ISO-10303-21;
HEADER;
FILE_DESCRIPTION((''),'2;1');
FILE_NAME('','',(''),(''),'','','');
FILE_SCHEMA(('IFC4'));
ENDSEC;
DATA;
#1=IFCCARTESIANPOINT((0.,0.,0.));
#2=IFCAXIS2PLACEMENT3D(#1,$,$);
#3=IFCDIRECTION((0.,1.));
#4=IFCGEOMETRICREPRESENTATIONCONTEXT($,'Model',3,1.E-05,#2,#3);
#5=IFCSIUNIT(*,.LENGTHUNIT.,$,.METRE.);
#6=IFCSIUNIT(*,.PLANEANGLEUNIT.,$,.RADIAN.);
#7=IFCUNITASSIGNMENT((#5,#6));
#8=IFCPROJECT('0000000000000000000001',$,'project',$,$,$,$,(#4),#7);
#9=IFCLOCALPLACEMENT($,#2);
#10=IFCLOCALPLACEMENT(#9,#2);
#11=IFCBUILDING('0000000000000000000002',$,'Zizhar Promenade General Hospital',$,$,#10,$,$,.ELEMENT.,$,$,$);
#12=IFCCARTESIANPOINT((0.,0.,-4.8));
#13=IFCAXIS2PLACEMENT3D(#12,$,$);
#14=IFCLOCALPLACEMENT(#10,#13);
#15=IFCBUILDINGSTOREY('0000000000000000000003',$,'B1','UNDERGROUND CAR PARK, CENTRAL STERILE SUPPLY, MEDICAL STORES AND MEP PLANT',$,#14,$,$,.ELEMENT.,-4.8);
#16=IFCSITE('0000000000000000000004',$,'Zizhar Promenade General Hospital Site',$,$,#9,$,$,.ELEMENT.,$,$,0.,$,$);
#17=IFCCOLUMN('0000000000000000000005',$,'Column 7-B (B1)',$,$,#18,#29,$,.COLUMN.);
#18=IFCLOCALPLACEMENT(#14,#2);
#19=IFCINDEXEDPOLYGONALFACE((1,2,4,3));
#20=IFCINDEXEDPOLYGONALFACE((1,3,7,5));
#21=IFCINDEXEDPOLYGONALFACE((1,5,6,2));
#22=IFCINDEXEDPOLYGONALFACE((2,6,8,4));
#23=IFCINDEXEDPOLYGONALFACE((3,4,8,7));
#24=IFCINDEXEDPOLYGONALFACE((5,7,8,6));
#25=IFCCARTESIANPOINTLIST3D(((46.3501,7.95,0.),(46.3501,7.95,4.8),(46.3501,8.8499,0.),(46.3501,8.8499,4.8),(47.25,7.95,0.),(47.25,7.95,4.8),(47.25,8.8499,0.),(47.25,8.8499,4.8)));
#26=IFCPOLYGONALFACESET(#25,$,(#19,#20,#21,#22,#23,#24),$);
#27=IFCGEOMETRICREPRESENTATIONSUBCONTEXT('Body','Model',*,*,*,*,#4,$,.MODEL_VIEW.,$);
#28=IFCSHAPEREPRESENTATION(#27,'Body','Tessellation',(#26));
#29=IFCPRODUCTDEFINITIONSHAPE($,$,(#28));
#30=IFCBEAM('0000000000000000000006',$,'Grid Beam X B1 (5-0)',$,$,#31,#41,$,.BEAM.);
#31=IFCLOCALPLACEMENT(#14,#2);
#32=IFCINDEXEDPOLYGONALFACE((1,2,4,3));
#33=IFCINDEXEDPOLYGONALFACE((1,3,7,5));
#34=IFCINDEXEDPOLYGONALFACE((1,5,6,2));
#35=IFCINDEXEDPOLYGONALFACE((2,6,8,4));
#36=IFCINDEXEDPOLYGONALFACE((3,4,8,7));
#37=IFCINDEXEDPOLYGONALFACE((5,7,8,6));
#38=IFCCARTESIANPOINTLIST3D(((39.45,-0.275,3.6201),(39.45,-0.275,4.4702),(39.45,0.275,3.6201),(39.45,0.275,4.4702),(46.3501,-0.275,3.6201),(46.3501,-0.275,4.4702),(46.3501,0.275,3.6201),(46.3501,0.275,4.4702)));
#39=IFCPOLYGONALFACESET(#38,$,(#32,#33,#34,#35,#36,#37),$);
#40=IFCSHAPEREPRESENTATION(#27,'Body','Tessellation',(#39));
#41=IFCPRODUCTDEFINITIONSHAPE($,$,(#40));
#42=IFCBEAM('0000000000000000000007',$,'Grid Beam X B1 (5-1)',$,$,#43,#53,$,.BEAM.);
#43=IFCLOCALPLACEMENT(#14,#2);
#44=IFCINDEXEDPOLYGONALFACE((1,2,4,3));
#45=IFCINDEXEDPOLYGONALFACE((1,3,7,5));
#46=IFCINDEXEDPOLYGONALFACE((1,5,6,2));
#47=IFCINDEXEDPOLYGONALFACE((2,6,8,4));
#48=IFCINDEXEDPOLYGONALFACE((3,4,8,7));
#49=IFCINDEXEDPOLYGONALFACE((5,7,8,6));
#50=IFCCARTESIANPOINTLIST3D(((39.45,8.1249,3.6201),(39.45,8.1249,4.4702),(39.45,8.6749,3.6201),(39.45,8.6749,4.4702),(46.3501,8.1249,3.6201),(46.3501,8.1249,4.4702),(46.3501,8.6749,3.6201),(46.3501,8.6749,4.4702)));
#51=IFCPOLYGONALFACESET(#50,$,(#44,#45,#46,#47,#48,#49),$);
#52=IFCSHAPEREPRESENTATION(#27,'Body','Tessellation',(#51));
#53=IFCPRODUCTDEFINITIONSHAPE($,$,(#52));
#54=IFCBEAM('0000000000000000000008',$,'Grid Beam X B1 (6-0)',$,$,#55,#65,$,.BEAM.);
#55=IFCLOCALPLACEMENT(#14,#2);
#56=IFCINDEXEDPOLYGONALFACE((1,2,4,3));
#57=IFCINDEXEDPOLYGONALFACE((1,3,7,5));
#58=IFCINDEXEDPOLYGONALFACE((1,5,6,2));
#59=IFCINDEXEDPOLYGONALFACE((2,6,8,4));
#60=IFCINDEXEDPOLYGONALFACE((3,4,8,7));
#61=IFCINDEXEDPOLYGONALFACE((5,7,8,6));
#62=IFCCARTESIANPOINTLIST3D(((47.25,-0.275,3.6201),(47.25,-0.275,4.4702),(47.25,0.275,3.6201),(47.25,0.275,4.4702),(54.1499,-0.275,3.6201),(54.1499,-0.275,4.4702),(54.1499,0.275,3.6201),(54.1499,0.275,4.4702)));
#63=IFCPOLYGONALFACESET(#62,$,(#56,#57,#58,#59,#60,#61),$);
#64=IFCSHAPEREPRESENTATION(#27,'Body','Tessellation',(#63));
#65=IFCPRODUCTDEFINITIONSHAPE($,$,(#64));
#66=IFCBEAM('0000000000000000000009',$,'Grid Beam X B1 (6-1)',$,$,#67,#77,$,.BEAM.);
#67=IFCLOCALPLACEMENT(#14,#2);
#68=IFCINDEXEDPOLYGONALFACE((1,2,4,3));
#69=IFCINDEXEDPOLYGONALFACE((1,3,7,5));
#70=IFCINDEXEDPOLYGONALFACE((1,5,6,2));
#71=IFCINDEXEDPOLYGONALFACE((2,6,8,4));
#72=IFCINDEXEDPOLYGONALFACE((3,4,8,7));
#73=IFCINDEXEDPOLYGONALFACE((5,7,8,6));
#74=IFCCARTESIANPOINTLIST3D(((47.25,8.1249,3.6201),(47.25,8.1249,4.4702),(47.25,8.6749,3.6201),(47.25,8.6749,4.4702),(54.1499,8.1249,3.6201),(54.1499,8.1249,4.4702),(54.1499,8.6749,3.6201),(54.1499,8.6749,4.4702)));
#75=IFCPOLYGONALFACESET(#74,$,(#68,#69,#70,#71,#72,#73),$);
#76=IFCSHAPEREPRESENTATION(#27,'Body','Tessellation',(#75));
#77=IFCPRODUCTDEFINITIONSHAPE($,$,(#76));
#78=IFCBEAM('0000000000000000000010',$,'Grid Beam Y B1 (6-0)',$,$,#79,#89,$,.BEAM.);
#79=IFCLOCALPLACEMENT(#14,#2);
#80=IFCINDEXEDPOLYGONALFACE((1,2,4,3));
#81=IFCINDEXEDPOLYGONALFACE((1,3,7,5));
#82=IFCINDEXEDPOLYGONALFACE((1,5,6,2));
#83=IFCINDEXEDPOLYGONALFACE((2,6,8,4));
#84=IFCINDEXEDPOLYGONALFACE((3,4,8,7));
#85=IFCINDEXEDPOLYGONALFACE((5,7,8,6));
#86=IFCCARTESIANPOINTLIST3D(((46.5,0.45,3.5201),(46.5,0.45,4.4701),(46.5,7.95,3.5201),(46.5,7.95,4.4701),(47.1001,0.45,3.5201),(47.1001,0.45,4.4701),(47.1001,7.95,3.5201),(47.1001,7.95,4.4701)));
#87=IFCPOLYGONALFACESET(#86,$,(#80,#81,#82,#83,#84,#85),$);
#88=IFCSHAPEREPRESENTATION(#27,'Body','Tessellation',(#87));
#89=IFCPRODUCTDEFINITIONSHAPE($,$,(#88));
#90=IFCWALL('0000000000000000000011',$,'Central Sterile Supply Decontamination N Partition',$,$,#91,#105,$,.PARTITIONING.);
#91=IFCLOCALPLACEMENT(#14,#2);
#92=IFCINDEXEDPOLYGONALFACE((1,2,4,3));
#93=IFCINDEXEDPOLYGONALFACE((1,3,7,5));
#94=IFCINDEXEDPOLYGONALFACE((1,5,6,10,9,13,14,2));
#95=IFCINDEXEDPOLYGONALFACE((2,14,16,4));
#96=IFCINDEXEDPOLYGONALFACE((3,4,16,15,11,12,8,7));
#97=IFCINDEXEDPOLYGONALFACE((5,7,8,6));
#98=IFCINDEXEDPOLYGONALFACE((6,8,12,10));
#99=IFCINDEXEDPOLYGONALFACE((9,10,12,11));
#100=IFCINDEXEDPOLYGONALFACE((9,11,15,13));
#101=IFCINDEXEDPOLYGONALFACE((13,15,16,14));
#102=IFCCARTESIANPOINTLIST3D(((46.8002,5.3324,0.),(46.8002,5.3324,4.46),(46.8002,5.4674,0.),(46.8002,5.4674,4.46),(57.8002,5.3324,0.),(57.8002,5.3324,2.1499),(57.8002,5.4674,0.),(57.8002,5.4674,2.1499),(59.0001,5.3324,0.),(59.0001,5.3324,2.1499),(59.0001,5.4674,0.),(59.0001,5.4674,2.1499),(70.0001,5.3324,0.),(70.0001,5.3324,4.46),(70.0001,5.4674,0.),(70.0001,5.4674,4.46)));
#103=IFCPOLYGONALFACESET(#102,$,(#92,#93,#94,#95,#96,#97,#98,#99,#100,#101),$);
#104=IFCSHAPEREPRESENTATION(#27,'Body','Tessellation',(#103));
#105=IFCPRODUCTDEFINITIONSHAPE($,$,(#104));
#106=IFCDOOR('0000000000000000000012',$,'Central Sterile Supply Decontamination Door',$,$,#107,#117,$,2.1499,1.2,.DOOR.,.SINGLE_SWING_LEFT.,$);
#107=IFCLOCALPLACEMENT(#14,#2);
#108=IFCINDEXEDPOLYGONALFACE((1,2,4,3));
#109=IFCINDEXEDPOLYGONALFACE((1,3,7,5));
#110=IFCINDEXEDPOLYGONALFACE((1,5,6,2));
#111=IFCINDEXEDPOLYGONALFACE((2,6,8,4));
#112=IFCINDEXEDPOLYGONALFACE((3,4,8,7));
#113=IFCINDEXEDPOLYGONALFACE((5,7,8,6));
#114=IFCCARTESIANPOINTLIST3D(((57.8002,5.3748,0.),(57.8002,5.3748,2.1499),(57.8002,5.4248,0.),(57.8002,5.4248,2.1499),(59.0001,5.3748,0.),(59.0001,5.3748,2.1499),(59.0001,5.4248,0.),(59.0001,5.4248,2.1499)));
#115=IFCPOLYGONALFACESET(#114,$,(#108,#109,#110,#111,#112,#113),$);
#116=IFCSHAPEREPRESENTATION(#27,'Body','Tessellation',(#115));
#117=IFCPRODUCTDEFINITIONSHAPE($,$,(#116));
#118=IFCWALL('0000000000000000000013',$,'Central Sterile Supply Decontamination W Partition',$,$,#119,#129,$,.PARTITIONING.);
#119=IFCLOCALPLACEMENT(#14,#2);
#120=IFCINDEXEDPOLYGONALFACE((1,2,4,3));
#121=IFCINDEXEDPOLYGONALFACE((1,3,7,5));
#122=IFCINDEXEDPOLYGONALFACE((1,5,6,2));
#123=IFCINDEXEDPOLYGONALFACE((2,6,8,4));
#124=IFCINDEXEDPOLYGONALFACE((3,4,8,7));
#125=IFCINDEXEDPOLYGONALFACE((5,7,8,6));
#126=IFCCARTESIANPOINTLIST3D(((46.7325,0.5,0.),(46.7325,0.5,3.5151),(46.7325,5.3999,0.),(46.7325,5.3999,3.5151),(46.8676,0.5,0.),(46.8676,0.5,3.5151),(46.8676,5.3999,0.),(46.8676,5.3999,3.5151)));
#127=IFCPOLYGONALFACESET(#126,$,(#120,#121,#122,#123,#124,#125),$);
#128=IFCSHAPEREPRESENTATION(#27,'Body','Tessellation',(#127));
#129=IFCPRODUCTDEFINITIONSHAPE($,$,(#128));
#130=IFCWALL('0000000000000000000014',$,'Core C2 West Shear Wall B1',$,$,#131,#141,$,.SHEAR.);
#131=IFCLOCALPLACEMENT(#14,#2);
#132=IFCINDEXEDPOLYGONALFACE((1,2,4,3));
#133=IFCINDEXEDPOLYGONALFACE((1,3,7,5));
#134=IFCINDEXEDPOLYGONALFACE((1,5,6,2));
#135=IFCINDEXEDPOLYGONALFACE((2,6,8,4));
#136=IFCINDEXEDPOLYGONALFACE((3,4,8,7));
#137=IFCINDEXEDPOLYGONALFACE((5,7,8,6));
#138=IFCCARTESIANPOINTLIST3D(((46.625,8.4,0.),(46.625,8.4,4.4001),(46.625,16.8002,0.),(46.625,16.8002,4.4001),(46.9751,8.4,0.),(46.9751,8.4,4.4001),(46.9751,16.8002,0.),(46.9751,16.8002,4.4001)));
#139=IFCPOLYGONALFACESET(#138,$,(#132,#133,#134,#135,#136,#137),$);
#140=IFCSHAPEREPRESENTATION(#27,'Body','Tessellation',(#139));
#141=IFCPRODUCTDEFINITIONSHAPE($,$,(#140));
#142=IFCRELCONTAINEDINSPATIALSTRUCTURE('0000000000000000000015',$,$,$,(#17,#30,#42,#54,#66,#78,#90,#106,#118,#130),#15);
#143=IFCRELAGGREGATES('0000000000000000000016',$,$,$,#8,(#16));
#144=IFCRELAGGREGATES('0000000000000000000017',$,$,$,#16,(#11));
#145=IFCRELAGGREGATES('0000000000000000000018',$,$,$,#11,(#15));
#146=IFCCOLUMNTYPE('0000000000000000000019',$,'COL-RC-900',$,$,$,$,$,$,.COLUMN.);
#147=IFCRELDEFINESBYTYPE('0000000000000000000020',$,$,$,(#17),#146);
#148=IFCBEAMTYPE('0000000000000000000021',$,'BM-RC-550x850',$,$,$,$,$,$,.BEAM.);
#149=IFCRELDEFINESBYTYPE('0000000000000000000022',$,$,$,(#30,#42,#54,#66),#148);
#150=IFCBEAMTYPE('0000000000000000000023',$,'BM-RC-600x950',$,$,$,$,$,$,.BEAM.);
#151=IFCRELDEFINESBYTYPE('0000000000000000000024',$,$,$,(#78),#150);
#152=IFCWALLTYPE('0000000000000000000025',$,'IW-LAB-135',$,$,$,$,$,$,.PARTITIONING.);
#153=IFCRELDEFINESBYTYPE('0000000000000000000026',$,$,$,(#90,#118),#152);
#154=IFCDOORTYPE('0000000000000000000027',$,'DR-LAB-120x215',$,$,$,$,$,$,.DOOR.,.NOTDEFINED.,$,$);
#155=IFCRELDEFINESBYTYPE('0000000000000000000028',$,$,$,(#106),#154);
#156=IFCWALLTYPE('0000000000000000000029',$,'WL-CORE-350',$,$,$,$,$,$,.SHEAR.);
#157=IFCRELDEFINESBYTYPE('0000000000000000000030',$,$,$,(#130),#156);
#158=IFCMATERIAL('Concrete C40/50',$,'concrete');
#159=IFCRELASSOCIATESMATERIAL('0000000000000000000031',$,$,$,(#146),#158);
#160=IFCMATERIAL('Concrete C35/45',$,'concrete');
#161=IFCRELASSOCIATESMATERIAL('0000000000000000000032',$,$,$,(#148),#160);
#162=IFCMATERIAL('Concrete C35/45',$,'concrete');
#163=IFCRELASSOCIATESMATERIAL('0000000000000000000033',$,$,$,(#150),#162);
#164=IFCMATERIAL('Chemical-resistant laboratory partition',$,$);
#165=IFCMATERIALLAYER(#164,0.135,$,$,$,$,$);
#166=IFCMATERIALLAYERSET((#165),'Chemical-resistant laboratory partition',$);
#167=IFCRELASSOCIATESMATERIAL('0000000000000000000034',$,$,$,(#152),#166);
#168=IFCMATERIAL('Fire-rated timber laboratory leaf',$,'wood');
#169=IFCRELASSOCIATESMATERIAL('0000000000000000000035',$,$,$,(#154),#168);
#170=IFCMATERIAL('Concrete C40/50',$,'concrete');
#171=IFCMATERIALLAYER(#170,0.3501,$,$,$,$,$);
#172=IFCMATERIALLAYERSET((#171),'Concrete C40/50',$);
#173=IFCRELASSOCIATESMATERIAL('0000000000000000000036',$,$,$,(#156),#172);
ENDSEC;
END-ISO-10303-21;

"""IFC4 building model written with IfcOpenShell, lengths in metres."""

from ifc_helpers import new_model, si_unit, direction, frame, frame_2d, origin, origin_2d, place, context, subcontext, project, spatial, rectangle, extrude, material, layer, layer_set, material_profile, profile_set, type_object, element, fill, save


model = new_model("IFC4")

# Units and contexts
model_context = context("Model", 3, precision=1e-05, world=origin(), true_north=direction((0.0, 1.0)))
body_context = subcontext(model_context, "Body", "Model", "MODEL_VIEW")
ifc_project = project(units=[si_unit("LENGTHUNIT", "METRE"), si_unit("PLANEANGLEUNIT", "RADIAN")], contexts=[model_context])

# Site, building, storey
site_placement = place(None, origin())
site = spatial("IfcSite", under=ifc_project, at=site_placement, Name="Zizhar Promenade General Hospital Site", CompositionType="ELEMENT", RefElevation=0.0)
building_placement = place(site_placement, origin())
building = spatial("IfcBuilding", under=site, at=building_placement, Name="Zizhar Promenade General Hospital", CompositionType="ELEMENT")
storey_placement = place(building_placement, frame((0.0, 0.0, -4.8)))
storey = spatial("IfcBuildingStorey", under=building, at=storey_placement, Name="B1", Description="UNDERGROUND CAR PARK, CENTRAL STERILE SUPPLY, MEDICAL STORES AND MEP PLANT", CompositionType="ELEMENT", Elevation=-4.8)

# Column
ifc_material_1 = material(Name="Concrete C40/50", Category="concrete")
ifc_material_profile_1 = material_profile(ifc_material_1, rectangle(XDim=0.8999, YDim=0.8999, at=origin_2d()))
ifc_profile_set_1 = profile_set([ifc_material_profile_1], Name="Concrete C40/50")
column_type = type_object("IfcColumnType", Name="COL-RC-900", PredefinedType="COLUMN", material=ifc_profile_set_1)
for number, where, z_axis, x_axis, name in (
    (1, (46.8, 8.3999, 0.0), (0.0, 0.0, 1.0), (1.0, 0.0, 0.0), "Column 7-B (B1)"),
):
    element("IfcColumn", number, at=place(storey_placement, frame(where, z_axis=z_axis, x_axis=x_axis)), inside=storey, type_object=column_type, Name=name, PredefinedType="COLUMN", context=body_context, shape_type="SweptSolid", body=[
        extrude(rectangle(XDim=0.8999, YDim=0.8999, at=origin_2d()), origin(), (0.0, 0.0, 1.0), 4.8),
    ])

# Beams
ifc_material_2 = material(Name="Concrete C35/45", Category="concrete")
ifc_material_profile_2 = material_profile(ifc_material_2, rectangle(XDim=0.55, YDim=0.8501, at=origin_2d()))
ifc_profile_set_2 = profile_set([ifc_material_profile_2], Name="Concrete C35/45")
beam_type_1 = type_object("IfcBeamType", Name="BM-RC-550x850", PredefinedType="BEAM", material=ifc_profile_set_2)
for number, where, z_axis, x_axis, name in (
    (2, (39.45, 0.0, 4.0452), (1.0, 0.0, 0.0), (0.0, 1.0, 0.0), "Grid Beam X B1 (5-0)"),
    (3, (39.45, 8.3999, 4.0452), (1.0, 0.0, 0.0), (0.0, 1.0, 0.0), "Grid Beam X B1 (5-1)"),
):
    element("IfcBeam", number, at=place(storey_placement, frame(where, z_axis=z_axis, x_axis=x_axis)), inside=storey, type_object=beam_type_1, Name=name, PredefinedType="BEAM", context=body_context, shape_type="SweptSolid", body=[
        extrude(rectangle(XDim=0.55, YDim=0.8501, at=origin_2d()), origin(), (0.0, 0.0, 1.0), 6.9001),
    ])
for number, where, z_axis, x_axis, name in (
    (4, (47.25, 0.0, 4.0452), (1.0, 0.0, 0.0), (0.0, 1.0, 0.0), "Grid Beam X B1 (6-0)"),
    (5, (47.25, 8.3999, 4.0452), (1.0, 0.0, 0.0), (0.0, 1.0, 0.0), "Grid Beam X B1 (6-1)"),
):
    element("IfcBeam", number, at=place(storey_placement, frame(where, z_axis=z_axis, x_axis=x_axis)), inside=storey, type_object=beam_type_1, Name=name, PredefinedType="BEAM", context=body_context, shape_type="SweptSolid", body=[
        extrude(rectangle(XDim=0.55, YDim=0.8501, at=origin_2d()), origin(), (0.0, 0.0, 1.0), 6.8999),
    ])
ifc_material_3 = material(Name="Concrete C35/45", Category="concrete")
ifc_material_profile_3 = material_profile(ifc_material_3, rectangle(XDim=0.6001, YDim=0.95, at=origin_2d()))
ifc_profile_set_3 = profile_set([ifc_material_profile_3], Name="Concrete C35/45")
beam_type_2 = type_object("IfcBeamType", Name="BM-RC-600x950", PredefinedType="BEAM", material=ifc_profile_set_3)
beam_placement = place(storey_placement, frame((46.8, 0.45, 3.9951), z_axis=(0.0, 1.0, 0.0), x_axis=(-1.0, 0.0, 0.0)))
element("IfcBeam", 6, at=beam_placement, inside=storey, type_object=beam_type_2, Name="Grid Beam Y B1 (6-0)", PredefinedType="BEAM", context=body_context, shape_type="SweptSolid", body=[
    extrude(rectangle(XDim=0.6001, YDim=0.95, at=origin_2d()), origin(), (0.0, 0.0, 1.0), 7.5),
])

# Wall, opening, door
ifc_material_4 = material(Name="Chemical-resistant laboratory partition")
ifc_layer_1 = layer(ifc_material_4, 0.135)
ifc_layer_set_1 = layer_set([ifc_layer_1], Name="Chemical-resistant laboratory partition")
wall_type_1 = type_object("IfcWallType", Name="IW-LAB-135", PredefinedType="PARTITIONING", material=ifc_layer_set_1)
wall_1_placement = place(storey_placement, frame((46.8, 5.3999, 0.0), z_axis=(0.0, 0.0, 1.0), x_axis=(1.0, 0.0, 0.0)))
wall_1 = element("IfcWall", 7, at=wall_1_placement, inside=storey, type_object=wall_type_1, Name="Central Sterile Supply Decontamination N Partition", PredefinedType="PARTITIONING", context=body_context, shape_type="SweptSolid", body=[
    extrude(rectangle(XDim=23.2, YDim=0.135, at=frame_2d((11.6001, 0.0))), origin(), (0.0, 0.0, 1.0), 4.46),
])
opening_1_placement = place(wall_1_placement, frame((11.0, 0.0, 0.0)))
opening_1 = element("IfcOpeningElement", 8, at=opening_1_placement, cuts=wall_1, PredefinedType="OPENING", context=body_context, shape_type="SweptSolid", body=[
    extrude(rectangle(XDim=1.2, YDim=2.1499, at=frame_2d((0.6001, 1.075))), frame((0.0, 0.0776, 0.0), z_axis=(0.0, -1.0, 0.0), x_axis=(1.0, 0.0, 0.0)), (0.0, 0.0, 1.0), 0.155),
])
ifc_material_5 = material(Name="Fire-rated timber laboratory leaf", Category="wood")
door_type_1 = type_object("IfcDoorType", Name="DR-LAB-120x215", OperationType="NOTDEFINED", PredefinedType="DOOR", material=ifc_material_5)
door_1_placement = place(opening_1_placement, origin())
door_1 = element("IfcDoor", 9, at=door_1_placement, inside=storey, type_object=door_type_1, Name="Central Sterile Supply Decontamination Door", OperationType="SINGLE_SWING_LEFT", OverallHeight=2.1499, OverallWidth=1.2, PredefinedType="DOOR", context=body_context, shape_type="SweptSolid", body=[
    extrude(rectangle(XDim=1.2, YDim=2.1499, at=frame_2d((0.6001, 1.075))), frame((0.0, 0.0249, 0.0), z_axis=(0.0, -1.0, 0.0), x_axis=(1.0, 0.0, 0.0)), (0.0, 0.0, 1.0), 0.05),
])
fill(opening_1, door_1)

# Wall
wall_2_placement = place(storey_placement, frame((46.8, 0.5, 0.0), z_axis=(0.0, 0.0, 1.0), x_axis=(0.0, 1.0, 0.0)))
element("IfcWall", 10, at=wall_2_placement, inside=storey, type_object=wall_type_1, Name="Central Sterile Supply Decontamination W Partition", PredefinedType="PARTITIONING", context=body_context, shape_type="SweptSolid", body=[
    extrude(rectangle(XDim=4.8999, YDim=0.135, at=frame_2d((2.45, 0.0))), origin(), (0.0, 0.0, 1.0), 3.5151),
])

# Wall
ifc_material_6 = material(Name="Concrete C40/50", Category="concrete")
ifc_layer_2 = layer(ifc_material_6, 0.3501)
ifc_layer_set_2 = layer_set([ifc_layer_2], Name="Concrete C40/50")
wall_type_2 = type_object("IfcWallType", Name="WL-CORE-350", PredefinedType="SHEAR", material=ifc_layer_set_2)
wall_3_placement = place(storey_placement, frame((46.8, 8.3999, 0.0), z_axis=(0.0, 0.0, 1.0), x_axis=(0.0, 1.0, 0.0)))
element("IfcWall", 11, at=wall_3_placement, inside=storey, type_object=wall_type_2, Name="Core C2 West Shear Wall B1", PredefinedType="SHEAR", context=body_context, shape_type="SweptSolid", body=[
    extrude(rectangle(XDim=8.4001, YDim=0.3501, at=frame_2d((4.2002, 0.0))), origin(), (0.0, 0.0, 1.0), 4.4001),
])

save(model, "model.ifc")
